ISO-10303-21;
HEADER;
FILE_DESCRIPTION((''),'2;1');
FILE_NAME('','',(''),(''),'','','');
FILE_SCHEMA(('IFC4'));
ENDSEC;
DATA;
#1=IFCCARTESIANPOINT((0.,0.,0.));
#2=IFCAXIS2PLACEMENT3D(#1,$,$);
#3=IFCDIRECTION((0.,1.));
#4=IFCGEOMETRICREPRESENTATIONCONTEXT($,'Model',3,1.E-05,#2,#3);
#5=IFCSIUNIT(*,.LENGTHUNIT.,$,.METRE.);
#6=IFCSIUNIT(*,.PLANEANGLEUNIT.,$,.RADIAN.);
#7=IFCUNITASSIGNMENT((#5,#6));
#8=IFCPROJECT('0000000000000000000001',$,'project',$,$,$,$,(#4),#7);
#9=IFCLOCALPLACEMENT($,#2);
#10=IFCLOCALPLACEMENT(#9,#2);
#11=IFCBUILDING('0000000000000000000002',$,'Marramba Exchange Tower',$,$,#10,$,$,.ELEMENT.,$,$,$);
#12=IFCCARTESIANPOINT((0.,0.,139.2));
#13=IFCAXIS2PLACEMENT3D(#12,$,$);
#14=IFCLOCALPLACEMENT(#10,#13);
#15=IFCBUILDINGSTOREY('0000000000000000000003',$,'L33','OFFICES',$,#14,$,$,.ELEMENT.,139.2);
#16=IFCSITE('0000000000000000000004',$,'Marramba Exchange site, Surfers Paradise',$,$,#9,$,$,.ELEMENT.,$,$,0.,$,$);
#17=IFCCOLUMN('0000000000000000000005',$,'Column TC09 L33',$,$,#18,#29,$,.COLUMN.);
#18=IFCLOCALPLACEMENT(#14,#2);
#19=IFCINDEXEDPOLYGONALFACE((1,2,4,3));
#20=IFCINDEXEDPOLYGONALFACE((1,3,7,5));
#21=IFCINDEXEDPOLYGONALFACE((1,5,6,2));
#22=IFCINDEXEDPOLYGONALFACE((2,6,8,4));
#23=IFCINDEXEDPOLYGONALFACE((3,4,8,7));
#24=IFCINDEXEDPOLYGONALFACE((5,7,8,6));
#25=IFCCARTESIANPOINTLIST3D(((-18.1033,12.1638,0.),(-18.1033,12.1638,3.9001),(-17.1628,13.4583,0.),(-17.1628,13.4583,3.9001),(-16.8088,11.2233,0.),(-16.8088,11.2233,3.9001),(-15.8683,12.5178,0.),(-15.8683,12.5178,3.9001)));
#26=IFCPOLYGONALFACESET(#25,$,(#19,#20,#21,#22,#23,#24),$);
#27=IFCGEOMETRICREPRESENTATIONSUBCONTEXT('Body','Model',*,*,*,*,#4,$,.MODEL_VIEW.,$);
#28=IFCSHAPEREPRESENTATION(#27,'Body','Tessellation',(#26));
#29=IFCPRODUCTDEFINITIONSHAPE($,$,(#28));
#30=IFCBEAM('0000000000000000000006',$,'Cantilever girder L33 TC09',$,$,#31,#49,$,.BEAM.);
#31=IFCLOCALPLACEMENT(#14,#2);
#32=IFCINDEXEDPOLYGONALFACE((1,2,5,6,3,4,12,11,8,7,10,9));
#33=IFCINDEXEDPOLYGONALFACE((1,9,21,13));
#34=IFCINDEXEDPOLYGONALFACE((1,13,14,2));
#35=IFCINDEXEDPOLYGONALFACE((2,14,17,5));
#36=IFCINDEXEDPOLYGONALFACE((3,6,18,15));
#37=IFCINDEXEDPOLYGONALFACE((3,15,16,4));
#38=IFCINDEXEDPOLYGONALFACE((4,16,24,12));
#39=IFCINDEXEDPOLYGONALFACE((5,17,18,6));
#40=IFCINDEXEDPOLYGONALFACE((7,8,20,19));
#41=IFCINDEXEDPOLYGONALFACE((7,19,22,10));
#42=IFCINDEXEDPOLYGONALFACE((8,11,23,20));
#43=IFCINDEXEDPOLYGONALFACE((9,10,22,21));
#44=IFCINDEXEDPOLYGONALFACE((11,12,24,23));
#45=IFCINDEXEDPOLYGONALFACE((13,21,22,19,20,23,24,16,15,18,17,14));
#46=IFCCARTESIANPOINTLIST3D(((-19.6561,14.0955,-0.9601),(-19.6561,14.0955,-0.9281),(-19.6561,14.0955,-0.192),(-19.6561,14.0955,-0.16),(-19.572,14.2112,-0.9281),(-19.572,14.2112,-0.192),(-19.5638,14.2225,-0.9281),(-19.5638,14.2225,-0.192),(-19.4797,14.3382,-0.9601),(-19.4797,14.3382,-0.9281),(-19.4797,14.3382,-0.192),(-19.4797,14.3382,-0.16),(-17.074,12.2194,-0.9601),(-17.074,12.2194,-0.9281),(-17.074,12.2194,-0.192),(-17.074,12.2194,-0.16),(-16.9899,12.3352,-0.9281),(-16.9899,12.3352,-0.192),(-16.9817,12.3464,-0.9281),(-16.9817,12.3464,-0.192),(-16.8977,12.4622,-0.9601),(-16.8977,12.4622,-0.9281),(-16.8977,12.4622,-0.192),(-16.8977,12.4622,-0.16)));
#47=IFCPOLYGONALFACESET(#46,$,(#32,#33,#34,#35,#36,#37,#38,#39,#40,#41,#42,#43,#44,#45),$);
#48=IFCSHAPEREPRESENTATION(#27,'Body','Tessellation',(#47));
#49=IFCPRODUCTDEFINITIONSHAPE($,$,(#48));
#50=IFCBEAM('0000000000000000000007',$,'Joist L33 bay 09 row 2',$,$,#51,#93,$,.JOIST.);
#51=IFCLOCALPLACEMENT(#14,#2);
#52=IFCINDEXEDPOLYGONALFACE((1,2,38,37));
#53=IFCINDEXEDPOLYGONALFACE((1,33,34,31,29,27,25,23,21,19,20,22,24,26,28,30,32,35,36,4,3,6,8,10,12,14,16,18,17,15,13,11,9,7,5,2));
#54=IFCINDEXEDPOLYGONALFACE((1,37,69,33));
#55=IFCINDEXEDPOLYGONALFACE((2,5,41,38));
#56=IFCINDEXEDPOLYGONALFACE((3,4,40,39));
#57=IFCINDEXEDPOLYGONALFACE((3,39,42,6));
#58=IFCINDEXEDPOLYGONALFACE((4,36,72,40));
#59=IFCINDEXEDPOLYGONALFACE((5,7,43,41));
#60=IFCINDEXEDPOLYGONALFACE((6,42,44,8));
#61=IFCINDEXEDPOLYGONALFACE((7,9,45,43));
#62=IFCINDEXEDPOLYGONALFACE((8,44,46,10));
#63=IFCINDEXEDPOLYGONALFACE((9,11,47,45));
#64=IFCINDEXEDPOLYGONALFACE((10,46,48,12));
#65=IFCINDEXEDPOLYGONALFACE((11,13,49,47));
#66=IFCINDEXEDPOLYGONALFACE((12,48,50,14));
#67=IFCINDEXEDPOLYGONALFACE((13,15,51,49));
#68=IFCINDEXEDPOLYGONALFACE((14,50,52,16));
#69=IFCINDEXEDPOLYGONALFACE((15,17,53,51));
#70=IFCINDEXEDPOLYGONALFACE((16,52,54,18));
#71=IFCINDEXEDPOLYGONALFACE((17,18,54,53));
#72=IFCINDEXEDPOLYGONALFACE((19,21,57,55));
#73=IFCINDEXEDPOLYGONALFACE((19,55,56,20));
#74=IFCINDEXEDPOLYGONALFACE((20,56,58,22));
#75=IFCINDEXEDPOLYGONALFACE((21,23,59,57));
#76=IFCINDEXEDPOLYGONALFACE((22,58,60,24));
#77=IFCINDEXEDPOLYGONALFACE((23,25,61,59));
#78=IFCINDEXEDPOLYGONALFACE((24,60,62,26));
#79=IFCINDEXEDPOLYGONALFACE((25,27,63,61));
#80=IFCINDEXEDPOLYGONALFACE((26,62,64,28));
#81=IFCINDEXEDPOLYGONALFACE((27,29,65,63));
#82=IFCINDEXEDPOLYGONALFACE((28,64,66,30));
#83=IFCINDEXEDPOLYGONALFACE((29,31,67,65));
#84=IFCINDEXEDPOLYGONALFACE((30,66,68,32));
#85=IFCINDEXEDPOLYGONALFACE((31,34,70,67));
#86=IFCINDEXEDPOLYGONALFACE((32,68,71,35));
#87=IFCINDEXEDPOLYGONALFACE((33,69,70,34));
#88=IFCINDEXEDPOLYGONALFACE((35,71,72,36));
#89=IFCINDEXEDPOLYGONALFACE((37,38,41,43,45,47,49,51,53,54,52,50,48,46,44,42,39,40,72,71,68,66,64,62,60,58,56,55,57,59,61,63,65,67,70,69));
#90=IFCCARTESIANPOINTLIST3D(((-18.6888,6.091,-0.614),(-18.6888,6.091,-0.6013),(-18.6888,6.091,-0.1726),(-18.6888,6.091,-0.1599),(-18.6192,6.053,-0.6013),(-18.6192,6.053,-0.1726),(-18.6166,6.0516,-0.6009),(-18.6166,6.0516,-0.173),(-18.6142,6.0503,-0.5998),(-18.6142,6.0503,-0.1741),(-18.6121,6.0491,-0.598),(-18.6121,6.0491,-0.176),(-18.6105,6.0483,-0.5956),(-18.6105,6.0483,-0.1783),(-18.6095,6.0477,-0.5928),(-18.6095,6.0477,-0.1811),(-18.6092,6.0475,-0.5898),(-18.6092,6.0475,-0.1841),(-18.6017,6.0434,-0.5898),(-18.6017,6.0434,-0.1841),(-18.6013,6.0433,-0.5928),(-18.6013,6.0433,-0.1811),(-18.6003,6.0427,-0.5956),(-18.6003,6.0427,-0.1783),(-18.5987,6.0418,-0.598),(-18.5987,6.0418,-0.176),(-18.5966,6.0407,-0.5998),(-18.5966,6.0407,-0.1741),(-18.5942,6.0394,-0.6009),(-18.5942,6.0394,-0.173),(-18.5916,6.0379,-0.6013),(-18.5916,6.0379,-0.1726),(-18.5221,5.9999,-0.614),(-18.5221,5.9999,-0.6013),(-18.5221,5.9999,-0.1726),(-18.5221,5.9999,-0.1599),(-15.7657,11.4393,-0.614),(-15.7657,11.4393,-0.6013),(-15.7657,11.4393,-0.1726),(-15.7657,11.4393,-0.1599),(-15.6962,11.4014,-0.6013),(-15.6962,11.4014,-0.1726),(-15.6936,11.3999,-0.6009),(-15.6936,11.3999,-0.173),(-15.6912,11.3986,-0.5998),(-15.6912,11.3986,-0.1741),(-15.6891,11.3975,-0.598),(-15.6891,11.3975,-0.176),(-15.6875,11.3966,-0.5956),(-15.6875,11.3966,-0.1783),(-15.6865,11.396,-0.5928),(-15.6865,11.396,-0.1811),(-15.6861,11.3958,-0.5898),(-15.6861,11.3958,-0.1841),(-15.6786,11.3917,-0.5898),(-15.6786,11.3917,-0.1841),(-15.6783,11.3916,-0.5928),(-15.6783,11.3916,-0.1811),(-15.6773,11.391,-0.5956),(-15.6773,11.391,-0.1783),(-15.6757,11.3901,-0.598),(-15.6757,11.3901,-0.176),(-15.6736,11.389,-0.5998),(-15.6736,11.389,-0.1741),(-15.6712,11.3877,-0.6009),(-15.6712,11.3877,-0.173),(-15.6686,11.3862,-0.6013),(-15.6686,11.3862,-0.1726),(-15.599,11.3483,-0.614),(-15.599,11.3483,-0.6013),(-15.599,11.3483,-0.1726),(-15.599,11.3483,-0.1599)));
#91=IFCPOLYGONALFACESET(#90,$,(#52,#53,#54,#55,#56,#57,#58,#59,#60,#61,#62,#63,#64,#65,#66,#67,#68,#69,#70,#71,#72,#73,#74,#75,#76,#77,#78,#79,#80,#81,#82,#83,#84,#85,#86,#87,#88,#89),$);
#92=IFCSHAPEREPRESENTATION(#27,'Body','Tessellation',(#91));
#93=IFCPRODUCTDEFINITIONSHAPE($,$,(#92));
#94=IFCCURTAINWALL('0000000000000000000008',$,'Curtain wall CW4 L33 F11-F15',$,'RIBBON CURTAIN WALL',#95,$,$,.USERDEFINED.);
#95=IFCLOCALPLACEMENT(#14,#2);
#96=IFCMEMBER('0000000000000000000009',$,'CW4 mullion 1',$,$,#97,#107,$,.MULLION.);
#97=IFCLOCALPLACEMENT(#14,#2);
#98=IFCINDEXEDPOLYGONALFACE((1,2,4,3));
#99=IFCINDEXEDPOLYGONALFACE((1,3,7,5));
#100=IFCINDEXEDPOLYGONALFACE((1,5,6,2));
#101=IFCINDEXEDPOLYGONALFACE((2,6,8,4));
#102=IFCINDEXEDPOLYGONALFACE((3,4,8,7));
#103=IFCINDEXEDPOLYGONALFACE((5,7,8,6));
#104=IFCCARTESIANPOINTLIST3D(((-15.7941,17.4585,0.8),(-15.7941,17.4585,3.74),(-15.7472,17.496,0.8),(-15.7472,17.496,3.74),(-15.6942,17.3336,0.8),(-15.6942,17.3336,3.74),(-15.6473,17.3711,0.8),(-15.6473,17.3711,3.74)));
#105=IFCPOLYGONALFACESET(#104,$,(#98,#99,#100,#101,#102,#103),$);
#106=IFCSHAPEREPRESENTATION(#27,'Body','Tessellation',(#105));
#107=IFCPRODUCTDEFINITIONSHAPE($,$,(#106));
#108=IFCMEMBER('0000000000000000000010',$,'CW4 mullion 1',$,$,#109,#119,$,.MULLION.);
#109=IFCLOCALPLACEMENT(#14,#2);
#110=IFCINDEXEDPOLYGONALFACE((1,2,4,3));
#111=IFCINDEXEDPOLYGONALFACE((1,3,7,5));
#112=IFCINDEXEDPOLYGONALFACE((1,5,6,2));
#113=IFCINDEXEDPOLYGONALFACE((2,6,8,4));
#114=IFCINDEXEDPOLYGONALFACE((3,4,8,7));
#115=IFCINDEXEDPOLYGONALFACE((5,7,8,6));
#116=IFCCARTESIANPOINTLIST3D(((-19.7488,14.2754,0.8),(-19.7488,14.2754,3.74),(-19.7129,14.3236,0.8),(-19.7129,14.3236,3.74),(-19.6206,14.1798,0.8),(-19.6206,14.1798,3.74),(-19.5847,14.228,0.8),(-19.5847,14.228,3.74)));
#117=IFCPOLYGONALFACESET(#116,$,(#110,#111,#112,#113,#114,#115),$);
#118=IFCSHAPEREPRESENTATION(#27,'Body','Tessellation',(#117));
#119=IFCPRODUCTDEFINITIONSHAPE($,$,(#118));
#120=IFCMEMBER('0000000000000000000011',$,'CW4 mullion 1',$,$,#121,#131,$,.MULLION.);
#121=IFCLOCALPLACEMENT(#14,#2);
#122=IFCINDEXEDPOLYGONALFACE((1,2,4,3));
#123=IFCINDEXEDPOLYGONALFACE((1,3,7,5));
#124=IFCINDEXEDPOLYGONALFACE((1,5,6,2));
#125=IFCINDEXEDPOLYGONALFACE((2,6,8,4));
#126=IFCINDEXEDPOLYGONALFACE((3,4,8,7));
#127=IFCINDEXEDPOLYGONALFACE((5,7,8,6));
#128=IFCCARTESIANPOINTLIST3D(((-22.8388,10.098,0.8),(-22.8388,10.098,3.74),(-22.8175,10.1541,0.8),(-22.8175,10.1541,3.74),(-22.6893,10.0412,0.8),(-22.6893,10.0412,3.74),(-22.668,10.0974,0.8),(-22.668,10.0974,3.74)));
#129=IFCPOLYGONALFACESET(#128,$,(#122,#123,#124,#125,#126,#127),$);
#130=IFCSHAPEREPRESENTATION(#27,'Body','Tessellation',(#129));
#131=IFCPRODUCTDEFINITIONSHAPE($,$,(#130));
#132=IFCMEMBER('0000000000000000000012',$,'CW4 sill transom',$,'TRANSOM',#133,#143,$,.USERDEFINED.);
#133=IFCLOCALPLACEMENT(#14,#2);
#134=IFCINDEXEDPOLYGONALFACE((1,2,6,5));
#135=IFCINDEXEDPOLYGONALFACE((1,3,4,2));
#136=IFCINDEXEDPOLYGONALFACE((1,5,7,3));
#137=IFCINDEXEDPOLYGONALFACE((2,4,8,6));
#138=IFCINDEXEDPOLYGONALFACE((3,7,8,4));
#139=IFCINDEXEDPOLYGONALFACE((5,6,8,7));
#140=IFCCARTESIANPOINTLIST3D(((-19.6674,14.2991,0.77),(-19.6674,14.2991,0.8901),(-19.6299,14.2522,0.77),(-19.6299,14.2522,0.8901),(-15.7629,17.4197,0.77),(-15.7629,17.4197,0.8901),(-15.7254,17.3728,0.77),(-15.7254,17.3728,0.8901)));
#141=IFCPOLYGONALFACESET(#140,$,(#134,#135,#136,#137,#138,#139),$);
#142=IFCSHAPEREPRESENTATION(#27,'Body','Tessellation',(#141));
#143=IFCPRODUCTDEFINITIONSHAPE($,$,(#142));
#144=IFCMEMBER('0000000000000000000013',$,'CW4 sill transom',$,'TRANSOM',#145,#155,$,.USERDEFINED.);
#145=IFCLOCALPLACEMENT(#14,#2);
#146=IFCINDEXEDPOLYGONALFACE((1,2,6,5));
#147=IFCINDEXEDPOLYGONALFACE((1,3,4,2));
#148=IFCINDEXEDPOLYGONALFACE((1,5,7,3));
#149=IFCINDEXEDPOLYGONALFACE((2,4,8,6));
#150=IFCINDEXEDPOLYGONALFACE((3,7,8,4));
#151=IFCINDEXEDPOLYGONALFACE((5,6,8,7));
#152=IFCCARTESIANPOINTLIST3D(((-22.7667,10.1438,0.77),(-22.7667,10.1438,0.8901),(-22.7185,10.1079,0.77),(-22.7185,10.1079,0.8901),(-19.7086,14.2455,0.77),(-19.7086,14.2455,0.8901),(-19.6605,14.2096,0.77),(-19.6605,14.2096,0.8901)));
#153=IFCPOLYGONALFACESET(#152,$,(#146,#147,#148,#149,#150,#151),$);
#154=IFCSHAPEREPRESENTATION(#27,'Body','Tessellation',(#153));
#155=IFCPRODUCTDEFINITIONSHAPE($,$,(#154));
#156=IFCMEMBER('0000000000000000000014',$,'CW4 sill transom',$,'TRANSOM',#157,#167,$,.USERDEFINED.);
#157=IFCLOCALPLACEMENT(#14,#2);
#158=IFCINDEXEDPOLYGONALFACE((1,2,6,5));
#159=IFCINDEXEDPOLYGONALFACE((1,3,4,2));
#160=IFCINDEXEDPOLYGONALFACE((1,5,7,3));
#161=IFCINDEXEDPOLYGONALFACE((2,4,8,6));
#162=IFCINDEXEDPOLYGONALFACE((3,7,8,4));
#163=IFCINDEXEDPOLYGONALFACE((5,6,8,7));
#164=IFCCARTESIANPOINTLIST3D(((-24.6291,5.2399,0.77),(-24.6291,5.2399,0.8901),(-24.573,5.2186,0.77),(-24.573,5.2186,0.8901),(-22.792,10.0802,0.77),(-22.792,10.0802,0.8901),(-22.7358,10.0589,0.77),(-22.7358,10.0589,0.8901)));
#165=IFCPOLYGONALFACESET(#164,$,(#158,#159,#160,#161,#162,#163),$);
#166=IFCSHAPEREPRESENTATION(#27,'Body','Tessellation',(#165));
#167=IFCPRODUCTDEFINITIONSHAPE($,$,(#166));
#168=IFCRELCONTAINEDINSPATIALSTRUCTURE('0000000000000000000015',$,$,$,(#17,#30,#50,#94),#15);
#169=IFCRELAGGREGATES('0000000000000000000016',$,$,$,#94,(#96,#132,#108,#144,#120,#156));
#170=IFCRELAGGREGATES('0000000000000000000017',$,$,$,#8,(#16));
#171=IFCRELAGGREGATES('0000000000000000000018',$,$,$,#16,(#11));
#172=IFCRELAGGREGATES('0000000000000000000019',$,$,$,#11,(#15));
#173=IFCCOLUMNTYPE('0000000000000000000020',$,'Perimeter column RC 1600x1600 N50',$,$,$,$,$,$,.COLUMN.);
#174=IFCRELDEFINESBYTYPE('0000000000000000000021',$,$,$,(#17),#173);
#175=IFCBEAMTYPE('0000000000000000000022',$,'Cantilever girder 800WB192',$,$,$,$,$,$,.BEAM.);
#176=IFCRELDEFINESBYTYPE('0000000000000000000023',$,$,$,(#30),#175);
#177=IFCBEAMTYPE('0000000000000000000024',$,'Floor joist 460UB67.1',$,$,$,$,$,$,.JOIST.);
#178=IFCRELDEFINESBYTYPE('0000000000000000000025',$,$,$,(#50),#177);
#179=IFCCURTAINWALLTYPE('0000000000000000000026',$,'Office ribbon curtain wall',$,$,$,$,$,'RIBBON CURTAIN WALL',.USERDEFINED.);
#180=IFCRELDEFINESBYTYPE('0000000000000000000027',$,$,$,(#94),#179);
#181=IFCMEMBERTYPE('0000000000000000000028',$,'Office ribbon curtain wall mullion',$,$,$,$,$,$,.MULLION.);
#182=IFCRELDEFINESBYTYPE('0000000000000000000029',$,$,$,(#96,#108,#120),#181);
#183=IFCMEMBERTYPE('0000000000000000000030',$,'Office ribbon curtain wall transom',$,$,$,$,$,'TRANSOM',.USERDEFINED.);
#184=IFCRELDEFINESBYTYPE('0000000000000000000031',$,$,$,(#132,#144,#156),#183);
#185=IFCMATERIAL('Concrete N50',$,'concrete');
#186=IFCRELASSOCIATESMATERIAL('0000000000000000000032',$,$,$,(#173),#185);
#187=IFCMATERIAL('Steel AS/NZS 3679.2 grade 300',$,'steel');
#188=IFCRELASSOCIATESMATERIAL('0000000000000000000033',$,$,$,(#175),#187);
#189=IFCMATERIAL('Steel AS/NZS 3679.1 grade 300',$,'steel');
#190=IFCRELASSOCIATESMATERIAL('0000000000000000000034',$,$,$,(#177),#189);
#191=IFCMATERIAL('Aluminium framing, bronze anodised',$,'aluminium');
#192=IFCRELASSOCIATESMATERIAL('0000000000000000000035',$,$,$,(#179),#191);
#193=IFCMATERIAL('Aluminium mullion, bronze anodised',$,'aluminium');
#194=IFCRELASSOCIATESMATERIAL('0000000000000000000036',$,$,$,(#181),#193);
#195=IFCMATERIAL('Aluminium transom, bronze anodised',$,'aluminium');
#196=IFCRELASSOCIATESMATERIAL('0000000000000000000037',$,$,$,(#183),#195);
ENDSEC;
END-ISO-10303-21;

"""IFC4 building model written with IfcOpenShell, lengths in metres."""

from ifc_helpers import new_model, si_unit, direction, frame, origin, origin_2d, place, context, subcontext, project, spatial, rectangle, i_section, extrude, material, material_profile, profile_set, type_object, element, aggregate, save


model = new_model("IFC4")

# Units and contexts
model_context = context("Model", 3, precision=1e-05, world=origin(), true_north=direction((0.0, 1.0)))
body_context = subcontext(model_context, "Body", "Model", "MODEL_VIEW")
ifc_project = project(units=[si_unit("LENGTHUNIT", "METRE"), si_unit("PLANEANGLEUNIT", "RADIAN")], contexts=[model_context])

# Site, building, storey
site_placement = place(None, origin())
site = spatial("IfcSite", under=ifc_project, at=site_placement, Name="Marramba Exchange site, Surfers Paradise", CompositionType="ELEMENT", RefElevation=0.0)
building_placement = place(site_placement, origin())
building = spatial("IfcBuilding", under=site, at=building_placement, Name="Marramba Exchange Tower", CompositionType="ELEMENT")
storey_placement = place(building_placement, frame((0.0, 0.0, 139.2)))
storey = spatial("IfcBuildingStorey", under=building, at=storey_placement, Name="L33", Description="OFFICES", CompositionType="ELEMENT", Elevation=139.2)

# Column
ifc_material_1 = material(Name="Concrete N50", Category="concrete")
ifc_material_profile_1 = material_profile(ifc_material_1, rectangle(XDim=1.6001, YDim=1.6001, at=origin_2d()), Name="RC 1600x1600")
ifc_profile_set_1 = profile_set([ifc_material_profile_1], Name="Concrete N50")
column_type = type_object("IfcColumnType", Name="Perimeter column RC 1600x1600 N50", PredefinedType="COLUMN", material=ifc_profile_set_1)
column_placement = place(storey_placement, frame((-16.9858, 12.3408, 0.0), z_axis=(0.0, 0.0, 1.0), x_axis=(-0.809017, 0.587785, 0.0)))
element("IfcColumn", 1, at=column_placement, inside=storey, type_object=column_type, Name="Column TC09 L33", PredefinedType="COLUMN", context=body_context, shape_type="SweptSolid", body=[
    extrude(rectangle(XDim=1.6001, YDim=1.6001, at=origin_2d()), origin(), (0.0, 0.0, 1.0), 3.9001),
])

# Beams
ifc_material_2 = material(Name="Steel AS/NZS 3679.2 grade 300", Category="steel")
ifc_material_profile_2 = material_profile(ifc_material_2, i_section(OverallWidth=0.3, OverallDepth=0.8, WebThickness=0.0139, FlangeThickness=0.032, at=origin_2d()), Name="800WB192")
ifc_profile_set_2 = profile_set([ifc_material_profile_2], Name="Steel AS/NZS 3679.2 grade 300")
beam_type_1 = type_object("IfcBeamType", Name="Cantilever girder 800WB192", PredefinedType="BEAM", material=ifc_profile_set_2)
beam_1_placement = place(storey_placement, frame((-16.9858, 12.3408, -0.5601), z_axis=(-0.809014, 0.58779, 0.0), x_axis=(-0.58779, -0.809014, 0.0)))
element("IfcBeam", 2, at=beam_1_placement, inside=storey, type_object=beam_type_1, Name="Cantilever girder L33 TC09", PredefinedType="BEAM", context=body_context, shape_type="SweptSolid", body=[
    extrude(i_section(OverallWidth=0.3, OverallDepth=0.8, WebThickness=0.0139, FlangeThickness=0.032, at=origin_2d()), origin(), (0.0, 0.0, 1.0), 3.1917),
])
ifc_material_3 = material(Name="Steel AS/NZS 3679.1 grade 300", Category="steel")
ifc_material_profile_3 = material_profile(ifc_material_3, i_section(OverallWidth=0.1899, OverallDepth=0.4541, WebThickness=0.0085, FlangeThickness=0.0127, FilletRadius=0.0115, at=origin_2d()), Name="460UB67.1")
ifc_profile_set_3 = profile_set([ifc_material_profile_3], Name="Steel AS/NZS 3679.1 grade 300")
beam_type_2 = type_object("IfcBeamType", Name="Floor joist 460UB67.1", PredefinedType="JOIST", material=ifc_profile_set_3)
beam_2_placement = place(storey_placement, frame((-15.6824, 11.3938, -0.387), z_axis=(-0.479584, -0.877496, 0.0), x_axis=(0.877496, -0.479584, 0.0)))
element("IfcBeam", 3, at=beam_2_placement, inside=storey, type_object=beam_type_2, Name="Joist L33 bay 09 row 2", PredefinedType="JOIST", context=body_context, shape_type="SweptSolid", body=[
    extrude(i_section(OverallWidth=0.1899, OverallDepth=0.4541, WebThickness=0.0085, FlangeThickness=0.0127, FilletRadius=0.0115, at=origin_2d()), origin(), (0.0, 0.0, 1.0), 6.095),
])

# Curtain wall, members
ifc_material_4 = material(Name="Aluminium framing, bronze anodised", Category="aluminium")
curtain_wall_type = type_object("IfcCurtainWallType", Name="Office ribbon curtain wall", ElementType="RIBBON CURTAIN WALL", PredefinedType="USERDEFINED", material=ifc_material_4)
curtain_wall_placement = place(storey_placement, origin())
curtain_wall = element("IfcCurtainWall", 4, at=curtain_wall_placement, inside=storey, type_object=curtain_wall_type, Name="Curtain wall CW4 L33 F11-F15", ObjectType="RIBBON CURTAIN WALL", PredefinedType="USERDEFINED")
ifc_material_5 = material(Name="Aluminium mullion, bronze anodised", Category="aluminium")
ifc_material_profile_4 = material_profile(ifc_material_5, rectangle(XDim=0.1599, YDim=0.0601, at=origin_2d()), Name="CW4 mullion 60x160")
ifc_profile_set_4 = profile_set([ifc_material_profile_4], Name="Aluminium mullion, bronze anodised")
member_type_1 = type_object("IfcMemberType", Name="Office ribbon curtain wall mullion", PredefinedType="MULLION", material=ifc_profile_set_4)
member_1_placement = place(storey_placement, frame((-15.7207, 17.4148, 0.8), z_axis=(0.0, 0.0, 1.0), x_axis=(0.624308, -0.781178, 0.0)))
member_1 = element("IfcMember", 5, at=member_1_placement, type_object=member_type_1, Name="CW4 mullion 1", PredefinedType="MULLION", context=body_context, shape_type="SweptSolid", body=[
    extrude(rectangle(XDim=0.1599, YDim=0.0601, at=origin_2d()), origin(), (0.0, 0.0, 1.0), 2.9399),
])
member_2_placement = place(storey_placement, frame((-19.6667, 14.2517, 0.8), z_axis=(0.0, 0.0, 1.0), x_axis=(0.801717, -0.597704, 0.0)))
member_2 = element("IfcMember", 6, at=member_2_placement, type_object=member_type_1, Name="CW4 mullion 1", PredefinedType="MULLION", context=body_context, shape_type="SweptSolid", body=[
    extrude(rectangle(XDim=0.1599, YDim=0.0601, at=origin_2d()), origin(), (0.0, 0.0, 1.0), 2.9399),
])
member_3_placement = place(storey_placement, frame((-22.7534, 10.0977, 0.8), z_axis=(0.0, 0.0, 1.0), x_axis=(0.934925, -0.354844, 0.0)))
member_3 = element("IfcMember", 7, at=member_3_placement, type_object=member_type_1, Name="CW4 mullion 1", PredefinedType="MULLION", context=body_context, shape_type="SweptSolid", body=[
    extrude(rectangle(XDim=0.1599, YDim=0.0601, at=origin_2d()), origin(), (0.0, 0.0, 1.0), 2.9399),
])
ifc_material_6 = material(Name="Aluminium transom, bronze anodised", Category="aluminium")
ifc_material_profile_5 = material_profile(ifc_material_6, rectangle(XDim=0.0601, YDim=0.1201, at=origin_2d()), Name="CW4 transom 60x120")
ifc_profile_set_5 = profile_set([ifc_material_profile_5], Name="Aluminium transom, bronze anodised")
member_type_2 = type_object("IfcMemberType", Name="Office ribbon curtain wall transom", ElementType="TRANSOM", PredefinedType="USERDEFINED", material=ifc_profile_set_5)
member_4_placement = place(storey_placement, frame((-15.7441, 17.3962, 0.8301), z_axis=(-0.781164, -0.624326, 0.0), x_axis=(0.624326, -0.781164, 0.0)))
member_4 = element("IfcMember", 8, at=member_4_placement, type_object=member_type_2, Name="CW4 sill transom", ObjectType="TRANSOM", PredefinedType="USERDEFINED", context=body_context, shape_type="SweptSolid", body=[
    extrude(rectangle(XDim=0.0601, YDim=0.1201, at=origin_2d()), origin(), (0.0, 0.0, 1.0), 4.9983),
])
member_5_placement = place(storey_placement, frame((-19.6846, 14.2275, 0.8301), z_axis=(-0.597715, -0.801709, 0.0), x_axis=(0.801709, -0.597715, 0.0)))
member_5 = element("IfcMember", 9, at=member_5_placement, type_object=member_type_2, Name="CW4 sill transom", ObjectType="TRANSOM", PredefinedType="USERDEFINED", context=body_context, shape_type="SweptSolid", body=[
    extrude(rectangle(XDim=0.0601, YDim=0.1201, at=origin_2d()), origin(), (0.0, 0.0, 1.0), 5.1162),
])
member_6_placement = place(storey_placement, frame((-22.7639, 10.0696, 0.8301), z_axis=(-0.354852, -0.934923, 0.0), x_axis=(0.934923, -0.354852, 0.0)))
member_6 = element("IfcMember", 10, at=member_6_placement, type_object=member_type_2, Name="CW4 sill transom", ObjectType="TRANSOM", PredefinedType="USERDEFINED", context=body_context, shape_type="SweptSolid", body=[
    extrude(rectangle(XDim=0.0601, YDim=0.1201, at=origin_2d()), origin(), (0.0, 0.0, 1.0), 5.1772),
])

aggregate(curtain_wall, [member_1, member_4, member_2, member_5, member_3, member_6])

save(model, "model.ifc")
